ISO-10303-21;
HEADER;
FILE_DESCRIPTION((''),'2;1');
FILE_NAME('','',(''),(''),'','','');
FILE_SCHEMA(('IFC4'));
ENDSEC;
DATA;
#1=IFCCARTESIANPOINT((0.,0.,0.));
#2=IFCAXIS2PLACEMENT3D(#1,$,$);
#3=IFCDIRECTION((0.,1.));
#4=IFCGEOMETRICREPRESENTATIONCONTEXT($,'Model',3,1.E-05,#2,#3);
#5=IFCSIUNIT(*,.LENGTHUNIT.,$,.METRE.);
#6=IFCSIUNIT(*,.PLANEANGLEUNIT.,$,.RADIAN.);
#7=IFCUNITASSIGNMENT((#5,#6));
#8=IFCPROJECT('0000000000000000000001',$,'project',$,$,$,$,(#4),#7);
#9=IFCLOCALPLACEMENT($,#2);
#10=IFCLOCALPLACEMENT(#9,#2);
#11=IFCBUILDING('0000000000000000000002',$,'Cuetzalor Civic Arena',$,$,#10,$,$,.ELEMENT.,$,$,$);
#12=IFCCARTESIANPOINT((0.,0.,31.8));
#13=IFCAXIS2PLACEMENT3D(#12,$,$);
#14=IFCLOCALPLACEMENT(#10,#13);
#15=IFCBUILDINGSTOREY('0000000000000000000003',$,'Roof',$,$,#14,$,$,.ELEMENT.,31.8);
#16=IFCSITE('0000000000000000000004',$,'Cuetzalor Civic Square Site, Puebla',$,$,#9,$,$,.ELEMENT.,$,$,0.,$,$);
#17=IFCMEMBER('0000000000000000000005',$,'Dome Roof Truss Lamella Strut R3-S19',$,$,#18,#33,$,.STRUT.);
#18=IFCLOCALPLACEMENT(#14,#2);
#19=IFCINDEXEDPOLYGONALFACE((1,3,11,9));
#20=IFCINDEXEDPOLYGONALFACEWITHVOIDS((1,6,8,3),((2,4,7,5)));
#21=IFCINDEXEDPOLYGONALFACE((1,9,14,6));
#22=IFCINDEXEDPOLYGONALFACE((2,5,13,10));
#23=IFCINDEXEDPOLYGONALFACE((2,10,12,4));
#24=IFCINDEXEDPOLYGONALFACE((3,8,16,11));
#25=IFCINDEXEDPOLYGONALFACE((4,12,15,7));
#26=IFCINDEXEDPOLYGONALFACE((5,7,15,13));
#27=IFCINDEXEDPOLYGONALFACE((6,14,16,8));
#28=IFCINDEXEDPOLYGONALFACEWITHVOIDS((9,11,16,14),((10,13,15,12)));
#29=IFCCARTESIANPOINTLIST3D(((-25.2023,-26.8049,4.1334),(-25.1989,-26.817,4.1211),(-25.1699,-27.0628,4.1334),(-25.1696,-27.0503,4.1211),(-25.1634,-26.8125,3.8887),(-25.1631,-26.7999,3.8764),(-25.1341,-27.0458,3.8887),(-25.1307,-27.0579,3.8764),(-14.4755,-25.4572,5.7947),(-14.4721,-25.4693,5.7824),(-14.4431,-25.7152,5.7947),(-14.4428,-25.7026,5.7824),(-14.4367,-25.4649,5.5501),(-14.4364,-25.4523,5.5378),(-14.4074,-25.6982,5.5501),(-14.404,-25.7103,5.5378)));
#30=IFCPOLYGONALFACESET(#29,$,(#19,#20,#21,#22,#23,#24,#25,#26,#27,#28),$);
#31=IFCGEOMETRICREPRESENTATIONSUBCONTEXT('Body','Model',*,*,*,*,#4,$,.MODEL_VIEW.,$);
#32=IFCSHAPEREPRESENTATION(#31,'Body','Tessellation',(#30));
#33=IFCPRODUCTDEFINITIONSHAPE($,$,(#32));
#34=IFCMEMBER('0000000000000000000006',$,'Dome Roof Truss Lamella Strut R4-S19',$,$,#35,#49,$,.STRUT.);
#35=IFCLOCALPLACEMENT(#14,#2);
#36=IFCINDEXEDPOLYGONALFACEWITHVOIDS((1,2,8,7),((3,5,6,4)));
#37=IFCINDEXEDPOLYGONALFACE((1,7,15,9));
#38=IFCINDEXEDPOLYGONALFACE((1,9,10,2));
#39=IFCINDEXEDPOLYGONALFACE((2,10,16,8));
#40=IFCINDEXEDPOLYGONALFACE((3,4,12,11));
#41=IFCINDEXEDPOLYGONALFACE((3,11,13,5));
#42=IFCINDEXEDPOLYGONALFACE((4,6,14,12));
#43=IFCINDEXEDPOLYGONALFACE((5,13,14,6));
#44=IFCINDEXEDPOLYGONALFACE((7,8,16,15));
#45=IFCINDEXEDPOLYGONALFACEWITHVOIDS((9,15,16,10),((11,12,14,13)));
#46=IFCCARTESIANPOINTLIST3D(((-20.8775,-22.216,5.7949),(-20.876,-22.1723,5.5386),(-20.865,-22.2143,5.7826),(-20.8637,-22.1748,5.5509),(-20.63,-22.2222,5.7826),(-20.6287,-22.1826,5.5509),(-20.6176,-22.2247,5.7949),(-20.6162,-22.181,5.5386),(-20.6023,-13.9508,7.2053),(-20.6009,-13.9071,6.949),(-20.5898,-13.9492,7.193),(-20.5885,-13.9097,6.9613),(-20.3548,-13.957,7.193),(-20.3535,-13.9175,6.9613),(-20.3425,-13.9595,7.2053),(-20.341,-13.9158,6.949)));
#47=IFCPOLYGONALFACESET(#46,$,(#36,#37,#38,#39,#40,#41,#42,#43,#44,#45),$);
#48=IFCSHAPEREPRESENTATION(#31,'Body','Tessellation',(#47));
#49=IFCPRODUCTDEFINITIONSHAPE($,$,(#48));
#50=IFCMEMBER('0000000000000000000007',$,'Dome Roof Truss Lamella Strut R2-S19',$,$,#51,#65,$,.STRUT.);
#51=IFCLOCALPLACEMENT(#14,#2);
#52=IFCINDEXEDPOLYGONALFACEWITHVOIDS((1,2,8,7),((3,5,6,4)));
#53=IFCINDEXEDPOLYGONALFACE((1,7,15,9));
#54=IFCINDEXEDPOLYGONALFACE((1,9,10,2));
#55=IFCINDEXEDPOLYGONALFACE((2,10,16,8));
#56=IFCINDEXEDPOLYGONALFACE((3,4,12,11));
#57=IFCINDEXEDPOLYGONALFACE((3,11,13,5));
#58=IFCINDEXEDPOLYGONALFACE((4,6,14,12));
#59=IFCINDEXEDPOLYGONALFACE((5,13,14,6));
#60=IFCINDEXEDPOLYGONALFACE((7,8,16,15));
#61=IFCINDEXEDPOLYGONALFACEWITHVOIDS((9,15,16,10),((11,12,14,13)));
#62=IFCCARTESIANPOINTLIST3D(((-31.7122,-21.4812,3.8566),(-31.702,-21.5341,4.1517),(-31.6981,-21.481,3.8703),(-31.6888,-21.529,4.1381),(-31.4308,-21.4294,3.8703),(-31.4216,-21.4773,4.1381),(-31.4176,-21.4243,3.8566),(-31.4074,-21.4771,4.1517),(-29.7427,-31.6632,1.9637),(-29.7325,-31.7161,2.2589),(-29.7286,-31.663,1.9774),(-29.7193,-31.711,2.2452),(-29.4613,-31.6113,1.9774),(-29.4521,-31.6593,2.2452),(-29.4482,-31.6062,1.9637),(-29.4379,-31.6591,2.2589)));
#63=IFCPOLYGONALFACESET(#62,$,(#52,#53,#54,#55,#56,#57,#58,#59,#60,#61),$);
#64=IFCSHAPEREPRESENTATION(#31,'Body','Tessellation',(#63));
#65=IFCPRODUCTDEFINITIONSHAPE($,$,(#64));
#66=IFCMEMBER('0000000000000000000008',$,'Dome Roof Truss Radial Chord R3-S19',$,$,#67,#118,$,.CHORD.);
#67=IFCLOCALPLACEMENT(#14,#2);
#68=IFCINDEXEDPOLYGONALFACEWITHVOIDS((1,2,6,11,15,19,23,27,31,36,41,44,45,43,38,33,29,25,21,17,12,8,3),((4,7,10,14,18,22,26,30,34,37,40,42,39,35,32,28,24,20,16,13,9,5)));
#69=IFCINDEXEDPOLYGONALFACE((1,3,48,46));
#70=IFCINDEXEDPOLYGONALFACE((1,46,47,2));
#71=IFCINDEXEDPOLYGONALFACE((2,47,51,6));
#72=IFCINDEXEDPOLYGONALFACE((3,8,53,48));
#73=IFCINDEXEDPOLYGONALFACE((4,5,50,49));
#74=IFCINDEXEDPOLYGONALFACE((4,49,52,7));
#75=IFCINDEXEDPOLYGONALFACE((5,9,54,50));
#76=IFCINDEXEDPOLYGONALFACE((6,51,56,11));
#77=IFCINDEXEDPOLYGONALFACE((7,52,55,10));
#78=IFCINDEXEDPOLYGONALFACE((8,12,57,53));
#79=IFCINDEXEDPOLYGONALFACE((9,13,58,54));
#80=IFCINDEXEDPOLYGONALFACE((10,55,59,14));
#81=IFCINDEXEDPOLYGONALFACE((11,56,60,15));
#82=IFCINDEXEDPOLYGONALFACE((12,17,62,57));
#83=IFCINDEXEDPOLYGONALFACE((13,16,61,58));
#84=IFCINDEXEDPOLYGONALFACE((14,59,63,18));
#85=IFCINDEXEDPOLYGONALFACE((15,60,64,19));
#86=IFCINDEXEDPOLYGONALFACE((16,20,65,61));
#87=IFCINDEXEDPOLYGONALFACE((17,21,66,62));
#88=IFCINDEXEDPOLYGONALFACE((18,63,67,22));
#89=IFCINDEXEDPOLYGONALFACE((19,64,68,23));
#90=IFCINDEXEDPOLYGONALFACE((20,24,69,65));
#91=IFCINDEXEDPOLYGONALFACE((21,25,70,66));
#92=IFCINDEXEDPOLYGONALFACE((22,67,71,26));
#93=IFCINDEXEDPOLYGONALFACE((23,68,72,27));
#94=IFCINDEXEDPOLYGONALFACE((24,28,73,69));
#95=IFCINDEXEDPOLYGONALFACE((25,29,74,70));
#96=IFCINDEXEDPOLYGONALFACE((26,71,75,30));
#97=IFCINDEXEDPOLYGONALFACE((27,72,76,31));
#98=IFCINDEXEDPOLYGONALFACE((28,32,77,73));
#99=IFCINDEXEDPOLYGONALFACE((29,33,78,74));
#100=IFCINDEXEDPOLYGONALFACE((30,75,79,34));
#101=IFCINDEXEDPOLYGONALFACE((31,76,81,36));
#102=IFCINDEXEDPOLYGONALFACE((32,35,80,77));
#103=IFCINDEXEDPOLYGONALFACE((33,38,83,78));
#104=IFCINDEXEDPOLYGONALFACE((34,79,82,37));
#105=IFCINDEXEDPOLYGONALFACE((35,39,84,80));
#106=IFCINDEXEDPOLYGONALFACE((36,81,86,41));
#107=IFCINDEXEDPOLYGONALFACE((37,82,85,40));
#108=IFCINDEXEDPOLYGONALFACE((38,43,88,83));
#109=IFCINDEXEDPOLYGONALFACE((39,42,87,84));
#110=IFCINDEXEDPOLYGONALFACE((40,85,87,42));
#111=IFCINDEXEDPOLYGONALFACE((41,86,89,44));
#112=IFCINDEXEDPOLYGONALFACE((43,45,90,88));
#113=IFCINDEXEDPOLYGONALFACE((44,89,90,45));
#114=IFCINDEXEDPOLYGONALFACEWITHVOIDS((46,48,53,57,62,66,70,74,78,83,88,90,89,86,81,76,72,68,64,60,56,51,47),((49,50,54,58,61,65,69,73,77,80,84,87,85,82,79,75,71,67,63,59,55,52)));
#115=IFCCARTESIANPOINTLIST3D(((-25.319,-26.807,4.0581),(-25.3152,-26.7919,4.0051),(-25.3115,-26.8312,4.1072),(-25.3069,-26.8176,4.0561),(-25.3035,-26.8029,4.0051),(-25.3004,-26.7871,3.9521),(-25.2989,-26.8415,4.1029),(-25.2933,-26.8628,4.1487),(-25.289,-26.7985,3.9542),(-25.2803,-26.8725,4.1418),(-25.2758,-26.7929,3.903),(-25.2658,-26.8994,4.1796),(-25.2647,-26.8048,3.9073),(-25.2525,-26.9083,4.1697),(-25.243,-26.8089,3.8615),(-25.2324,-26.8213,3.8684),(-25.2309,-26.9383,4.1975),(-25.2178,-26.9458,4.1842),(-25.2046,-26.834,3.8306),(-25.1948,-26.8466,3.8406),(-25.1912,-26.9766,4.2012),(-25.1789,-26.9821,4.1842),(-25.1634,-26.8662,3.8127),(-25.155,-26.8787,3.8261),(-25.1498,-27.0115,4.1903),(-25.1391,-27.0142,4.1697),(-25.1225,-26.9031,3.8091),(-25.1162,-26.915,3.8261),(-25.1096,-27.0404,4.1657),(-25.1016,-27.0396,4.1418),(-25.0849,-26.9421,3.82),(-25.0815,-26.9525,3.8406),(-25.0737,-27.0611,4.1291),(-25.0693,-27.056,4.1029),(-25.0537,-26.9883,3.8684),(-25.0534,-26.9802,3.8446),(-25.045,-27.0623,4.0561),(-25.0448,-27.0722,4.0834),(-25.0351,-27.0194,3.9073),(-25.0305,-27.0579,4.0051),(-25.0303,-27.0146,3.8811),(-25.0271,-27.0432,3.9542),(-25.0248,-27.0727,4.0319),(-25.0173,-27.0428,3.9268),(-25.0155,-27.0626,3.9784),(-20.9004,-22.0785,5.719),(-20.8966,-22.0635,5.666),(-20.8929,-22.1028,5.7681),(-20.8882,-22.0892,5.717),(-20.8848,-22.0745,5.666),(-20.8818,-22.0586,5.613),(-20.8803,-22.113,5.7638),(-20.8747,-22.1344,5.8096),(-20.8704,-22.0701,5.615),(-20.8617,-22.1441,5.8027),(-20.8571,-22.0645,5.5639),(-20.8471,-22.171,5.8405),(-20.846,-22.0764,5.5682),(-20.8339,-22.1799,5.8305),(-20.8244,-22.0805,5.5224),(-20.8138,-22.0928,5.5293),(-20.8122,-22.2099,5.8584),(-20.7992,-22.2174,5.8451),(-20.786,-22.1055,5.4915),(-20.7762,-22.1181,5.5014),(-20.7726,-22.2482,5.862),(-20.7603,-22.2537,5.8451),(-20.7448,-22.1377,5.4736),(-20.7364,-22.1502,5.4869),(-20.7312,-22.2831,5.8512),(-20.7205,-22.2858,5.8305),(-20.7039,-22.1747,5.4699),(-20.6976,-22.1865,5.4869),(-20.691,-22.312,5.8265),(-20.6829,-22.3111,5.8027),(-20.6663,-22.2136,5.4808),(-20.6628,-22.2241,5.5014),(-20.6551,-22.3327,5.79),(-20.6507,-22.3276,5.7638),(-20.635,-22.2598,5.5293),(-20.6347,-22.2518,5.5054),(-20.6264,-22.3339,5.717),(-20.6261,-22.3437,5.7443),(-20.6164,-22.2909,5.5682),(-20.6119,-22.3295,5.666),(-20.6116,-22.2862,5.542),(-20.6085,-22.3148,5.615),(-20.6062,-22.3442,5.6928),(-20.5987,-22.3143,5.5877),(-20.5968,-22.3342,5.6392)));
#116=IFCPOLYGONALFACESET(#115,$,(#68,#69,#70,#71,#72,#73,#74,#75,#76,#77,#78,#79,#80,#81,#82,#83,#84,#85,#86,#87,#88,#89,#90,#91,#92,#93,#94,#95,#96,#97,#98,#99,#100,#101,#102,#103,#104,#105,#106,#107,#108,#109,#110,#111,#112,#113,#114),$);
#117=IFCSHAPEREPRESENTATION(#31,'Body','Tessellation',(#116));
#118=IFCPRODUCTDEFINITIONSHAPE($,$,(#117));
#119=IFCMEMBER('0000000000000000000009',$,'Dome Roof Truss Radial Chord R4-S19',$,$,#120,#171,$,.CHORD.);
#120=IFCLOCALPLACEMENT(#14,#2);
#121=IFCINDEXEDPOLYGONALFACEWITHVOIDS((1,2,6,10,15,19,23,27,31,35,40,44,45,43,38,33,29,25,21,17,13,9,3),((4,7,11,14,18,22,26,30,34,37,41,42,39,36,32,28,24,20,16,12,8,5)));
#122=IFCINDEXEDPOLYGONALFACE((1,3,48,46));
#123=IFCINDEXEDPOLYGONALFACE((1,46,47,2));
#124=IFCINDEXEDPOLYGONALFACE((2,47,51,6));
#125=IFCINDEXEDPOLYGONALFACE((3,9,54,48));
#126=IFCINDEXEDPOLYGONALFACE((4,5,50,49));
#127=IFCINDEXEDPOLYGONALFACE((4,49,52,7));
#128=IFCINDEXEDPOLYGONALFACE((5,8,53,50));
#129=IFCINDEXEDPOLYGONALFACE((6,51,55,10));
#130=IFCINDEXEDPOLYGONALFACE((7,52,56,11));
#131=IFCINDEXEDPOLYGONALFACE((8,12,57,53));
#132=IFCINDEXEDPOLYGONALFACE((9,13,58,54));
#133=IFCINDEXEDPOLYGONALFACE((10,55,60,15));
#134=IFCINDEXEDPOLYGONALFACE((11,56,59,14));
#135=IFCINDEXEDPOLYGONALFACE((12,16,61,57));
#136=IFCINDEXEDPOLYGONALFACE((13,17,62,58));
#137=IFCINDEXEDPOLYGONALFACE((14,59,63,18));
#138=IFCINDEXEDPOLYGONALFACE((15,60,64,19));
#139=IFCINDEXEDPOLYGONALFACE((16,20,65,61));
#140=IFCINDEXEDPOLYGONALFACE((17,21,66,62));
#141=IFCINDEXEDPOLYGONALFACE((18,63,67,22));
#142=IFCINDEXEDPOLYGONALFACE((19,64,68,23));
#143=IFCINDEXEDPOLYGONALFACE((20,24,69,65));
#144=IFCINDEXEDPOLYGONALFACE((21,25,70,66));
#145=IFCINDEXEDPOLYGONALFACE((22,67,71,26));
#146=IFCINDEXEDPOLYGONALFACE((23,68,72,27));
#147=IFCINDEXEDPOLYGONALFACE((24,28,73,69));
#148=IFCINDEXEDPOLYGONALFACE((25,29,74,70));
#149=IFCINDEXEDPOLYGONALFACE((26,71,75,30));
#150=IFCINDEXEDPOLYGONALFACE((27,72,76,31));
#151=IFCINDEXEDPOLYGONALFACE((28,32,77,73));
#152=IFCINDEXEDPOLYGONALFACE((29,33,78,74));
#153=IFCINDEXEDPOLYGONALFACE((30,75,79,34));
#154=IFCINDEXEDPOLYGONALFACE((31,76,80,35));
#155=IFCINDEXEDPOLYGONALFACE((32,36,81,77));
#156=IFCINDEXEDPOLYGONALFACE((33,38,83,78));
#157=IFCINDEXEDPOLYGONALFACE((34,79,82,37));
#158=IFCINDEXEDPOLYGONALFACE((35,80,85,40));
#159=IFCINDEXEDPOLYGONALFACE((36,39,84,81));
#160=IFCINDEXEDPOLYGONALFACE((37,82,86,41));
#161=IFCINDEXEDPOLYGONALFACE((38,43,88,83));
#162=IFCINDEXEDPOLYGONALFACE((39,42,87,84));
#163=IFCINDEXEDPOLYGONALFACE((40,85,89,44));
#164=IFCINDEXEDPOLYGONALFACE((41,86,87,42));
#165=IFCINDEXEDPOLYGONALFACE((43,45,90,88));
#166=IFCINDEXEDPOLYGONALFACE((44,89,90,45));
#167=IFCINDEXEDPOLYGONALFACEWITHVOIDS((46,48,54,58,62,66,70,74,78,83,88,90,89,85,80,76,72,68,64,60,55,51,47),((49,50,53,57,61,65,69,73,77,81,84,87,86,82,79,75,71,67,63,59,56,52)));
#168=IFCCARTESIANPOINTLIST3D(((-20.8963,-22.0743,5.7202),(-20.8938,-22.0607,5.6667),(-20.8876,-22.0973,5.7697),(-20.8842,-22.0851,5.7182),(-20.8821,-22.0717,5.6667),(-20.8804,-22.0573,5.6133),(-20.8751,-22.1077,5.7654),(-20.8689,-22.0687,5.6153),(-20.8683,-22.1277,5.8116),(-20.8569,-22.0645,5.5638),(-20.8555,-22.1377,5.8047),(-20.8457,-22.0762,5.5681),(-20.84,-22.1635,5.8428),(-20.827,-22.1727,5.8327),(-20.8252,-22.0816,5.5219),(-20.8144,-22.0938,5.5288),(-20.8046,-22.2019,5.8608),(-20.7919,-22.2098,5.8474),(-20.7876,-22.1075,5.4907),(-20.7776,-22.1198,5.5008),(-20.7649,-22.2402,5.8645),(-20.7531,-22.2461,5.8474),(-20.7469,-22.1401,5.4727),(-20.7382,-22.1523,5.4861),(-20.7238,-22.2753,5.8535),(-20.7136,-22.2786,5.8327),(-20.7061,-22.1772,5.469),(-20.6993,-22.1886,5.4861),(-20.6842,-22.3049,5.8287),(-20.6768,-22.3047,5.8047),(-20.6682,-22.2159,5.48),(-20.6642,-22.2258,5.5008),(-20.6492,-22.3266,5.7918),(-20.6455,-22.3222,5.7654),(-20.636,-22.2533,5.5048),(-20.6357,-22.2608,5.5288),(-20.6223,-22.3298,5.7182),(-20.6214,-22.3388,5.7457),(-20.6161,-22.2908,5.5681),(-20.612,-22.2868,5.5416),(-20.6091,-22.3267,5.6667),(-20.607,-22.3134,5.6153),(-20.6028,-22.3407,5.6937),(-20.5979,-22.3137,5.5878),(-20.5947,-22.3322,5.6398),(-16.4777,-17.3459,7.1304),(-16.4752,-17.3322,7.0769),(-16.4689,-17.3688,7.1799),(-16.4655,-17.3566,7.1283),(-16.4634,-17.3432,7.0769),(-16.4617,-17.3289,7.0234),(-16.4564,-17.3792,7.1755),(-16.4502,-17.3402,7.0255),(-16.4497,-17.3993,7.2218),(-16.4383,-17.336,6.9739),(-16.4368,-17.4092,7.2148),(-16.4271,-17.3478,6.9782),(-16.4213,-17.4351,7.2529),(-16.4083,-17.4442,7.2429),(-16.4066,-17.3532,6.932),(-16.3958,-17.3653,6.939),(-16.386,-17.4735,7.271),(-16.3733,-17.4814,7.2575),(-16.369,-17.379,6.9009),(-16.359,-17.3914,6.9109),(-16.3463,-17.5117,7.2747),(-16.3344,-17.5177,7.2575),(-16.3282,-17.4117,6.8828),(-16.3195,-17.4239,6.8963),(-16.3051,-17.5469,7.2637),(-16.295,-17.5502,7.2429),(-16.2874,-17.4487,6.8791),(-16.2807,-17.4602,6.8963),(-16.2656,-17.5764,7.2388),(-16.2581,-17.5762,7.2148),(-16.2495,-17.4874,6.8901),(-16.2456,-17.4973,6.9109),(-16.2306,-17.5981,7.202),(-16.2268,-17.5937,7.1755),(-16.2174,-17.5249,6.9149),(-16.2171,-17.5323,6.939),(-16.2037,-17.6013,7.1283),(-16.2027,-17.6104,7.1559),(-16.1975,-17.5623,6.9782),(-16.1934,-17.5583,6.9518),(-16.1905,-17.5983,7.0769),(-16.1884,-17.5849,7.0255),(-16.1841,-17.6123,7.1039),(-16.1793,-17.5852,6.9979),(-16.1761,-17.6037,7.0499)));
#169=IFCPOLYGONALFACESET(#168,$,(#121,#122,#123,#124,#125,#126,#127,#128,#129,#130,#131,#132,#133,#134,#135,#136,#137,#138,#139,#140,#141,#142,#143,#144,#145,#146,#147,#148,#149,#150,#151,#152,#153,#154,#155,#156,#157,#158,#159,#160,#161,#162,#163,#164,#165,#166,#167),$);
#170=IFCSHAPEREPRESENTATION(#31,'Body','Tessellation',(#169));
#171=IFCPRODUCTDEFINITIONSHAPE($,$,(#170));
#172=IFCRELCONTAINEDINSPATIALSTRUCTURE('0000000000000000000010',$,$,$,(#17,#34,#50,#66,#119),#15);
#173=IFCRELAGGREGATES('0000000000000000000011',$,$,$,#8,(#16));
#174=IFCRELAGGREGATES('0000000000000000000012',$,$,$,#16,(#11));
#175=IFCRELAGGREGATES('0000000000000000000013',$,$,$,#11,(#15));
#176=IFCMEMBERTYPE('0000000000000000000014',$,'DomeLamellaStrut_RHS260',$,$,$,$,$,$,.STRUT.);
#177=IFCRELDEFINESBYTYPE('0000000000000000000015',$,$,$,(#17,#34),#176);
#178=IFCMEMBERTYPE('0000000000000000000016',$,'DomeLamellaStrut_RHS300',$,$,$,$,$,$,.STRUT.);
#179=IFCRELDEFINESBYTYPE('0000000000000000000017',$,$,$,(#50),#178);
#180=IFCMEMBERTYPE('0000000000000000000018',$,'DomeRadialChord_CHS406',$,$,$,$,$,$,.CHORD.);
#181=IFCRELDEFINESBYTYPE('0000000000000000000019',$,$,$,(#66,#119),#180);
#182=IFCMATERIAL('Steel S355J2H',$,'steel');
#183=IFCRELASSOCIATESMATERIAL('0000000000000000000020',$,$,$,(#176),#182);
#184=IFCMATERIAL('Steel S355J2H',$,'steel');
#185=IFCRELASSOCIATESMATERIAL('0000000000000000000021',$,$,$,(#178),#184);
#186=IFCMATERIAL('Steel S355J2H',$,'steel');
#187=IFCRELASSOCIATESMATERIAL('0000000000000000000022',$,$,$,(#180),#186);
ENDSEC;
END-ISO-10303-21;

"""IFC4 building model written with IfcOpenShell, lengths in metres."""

from ifc_helpers import new_model, si_unit, direction, frame, origin, origin_2d, place, context, subcontext, project, spatial, hollow_rectangle, hollow_circle, extrude, material, material_profile, profile_set, type_object, element, save


model = new_model("IFC4")

# Units and contexts
model_context = context("Model", 3, precision=1e-05, world=origin(), true_north=direction((0.0, 1.0)))
body_context = subcontext(model_context, "Body", "Model", "MODEL_VIEW")
ifc_project = project(units=[si_unit("LENGTHUNIT", "METRE"), si_unit("PLANEANGLEUNIT", "RADIAN")], contexts=[model_context])

# Site, building, storey
site_placement = place(None, origin())
site = spatial("IfcSite", under=ifc_project, at=site_placement, Name="Cuetzalor Civic Square Site, Puebla", CompositionType="ELEMENT", RefElevation=0.0)
building_placement = place(site_placement, origin())
building = spatial("IfcBuilding", under=site, at=building_placement, Name="Cuetzalor Civic Arena", CompositionType="ELEMENT")
storey_placement = place(building_placement, frame((0.0, 0.0, 31.8)))
storey = spatial("IfcBuildingStorey", under=building, at=storey_placement, Name="Roof", CompositionType="ELEMENT", Elevation=31.8)

# Members
ifc_material_1 = material(Name="Steel S355J2H", Category="steel")
ifc_material_profile_1 = material_profile(ifc_material_1, hollow_rectangle(XDim=0.26, YDim=0.26, WallThickness=0.0125, at=origin_2d()), Name="RHS 260x260x12.5")
ifc_profile_set_1 = profile_set([ifc_material_profile_1], Name="Steel S355J2H")
member_type_1 = type_object("IfcMemberType", Name="DomeLamellaStrut_RHS260", PredefinedType="STRUT", material=ifc_profile_set_1)
member_1_placement = place(storey_placement, frame((-25.1665, -26.9314, 4.0049), z_axis=(0.980688, 0.123208, 0.15189), x_axis=(-0.124655, 0.9922, 0.0)))
element("IfcMember", 1, at=member_1_placement, inside=storey, type_object=member_type_1, Name="Dome Roof Truss Lamella Strut R3-S19", PredefinedType="STRUT", context=body_context, shape_type="SweptSolid", body=[
    extrude(hollow_rectangle(XDim=0.26, YDim=0.26, WallThickness=0.0125, at=origin_2d()), origin(), (0.0, 0.0, 1.0), 10.938),
])
member_2_placement = place(storey_placement, frame((-20.7468, -22.1985, 5.6667), z_axis=(0.032798, 0.98522, 0.168122), x_axis=(-0.999446, 0.033272, 0.0)))
element("IfcMember", 2, at=member_2_placement, inside=storey, type_object=member_type_1, Name="Dome Roof Truss Lamella Strut R4-S19", PredefinedType="STRUT", context=body_context, shape_type="SweptSolid", body=[
    extrude(hollow_rectangle(XDim=0.26, YDim=0.26, WallThickness=0.0125, at=origin_2d()), origin(), (0.0, 0.0, 1.0), 8.3892),
])
ifc_material_2 = material(Name="Steel S355J2H", Category="steel")
ifc_material_profile_2 = material_profile(ifc_material_2, hollow_rectangle(XDim=0.3, YDim=0.3, WallThickness=0.0139, at=origin_2d()), Name="RHS 300x300x14")
ifc_profile_set_2 = profile_set([ifc_material_profile_2], Name="Steel S355J2H")
member_type_2 = type_object("IfcMemberType", Name="DomeLamellaStrut_RHS300", PredefinedType="STRUT", material=ifc_profile_set_2)
member_3_placement = place(storey_placement, frame((-29.5903, -31.6611, 2.1113), z_axis=(-0.186824, 0.965846, 0.179552), x_axis=(-0.981802, -0.18991, 0.0)))
element("IfcMember", 3, at=member_3_placement, inside=storey, type_object=member_type_2, Name="Dome Roof Truss Lamella Strut R2-S19", PredefinedType="STRUT", context=body_context, shape_type="SweptSolid", body=[
    extrude(hollow_rectangle(XDim=0.3, YDim=0.3, WallThickness=0.0139, at=origin_2d()), origin(), (0.0, 0.0, 1.0), 10.542),
])
ifc_material_3 = material(Name="Steel S355J2H", Category="steel")
ifc_material_profile_3 = material_profile(ifc_material_3, hollow_circle(Radius=0.2029, WallThickness=0.0161, at=origin_2d()), Name="CHS 406x16")
ifc_profile_set_3 = profile_set([ifc_material_profile_3], Name="Steel S355J2H")
member_type_3 = type_object("IfcMemberType", Name="DomeRadialChord_CHS406", PredefinedType="CHORD", material=ifc_profile_set_3)
member_4_placement = place(storey_placement, frame((-25.167, -26.9304, 4.0051), z_axis=(0.661335, 0.707704, 0.248581), x_axis=(-0.730637, 0.682766, 0.0)))
element("IfcMember", 4, at=member_4_placement, inside=storey, type_object=member_type_3, Name="Dome Roof Truss Radial Chord R3-S19", PredefinedType="CHORD", context=body_context, shape_type="SweptSolid", body=[
    extrude(hollow_circle(Radius=0.2029, WallThickness=0.0161, at=origin_2d()), origin(), (0.0, 0.0, 1.0), 6.6814),
])
member_5_placement = place(storey_placement, frame((-20.7456, -22.1992, 5.6667), z_axis=(0.667113, 0.713887, 0.212898), x_axis=(-0.730637, 0.682766, 0.0)))
element("IfcMember", 5, at=member_5_placement, inside=storey, type_object=member_type_3, Name="Dome Roof Truss Radial Chord R4-S19", PredefinedType="CHORD", context=body_context, shape_type="SweptSolid", body=[
    extrude(hollow_circle(Radius=0.2029, WallThickness=0.0161, at=origin_2d()), origin(), (0.0, 0.0, 1.0), 6.6235),
])

save(model, "model.ifc")
